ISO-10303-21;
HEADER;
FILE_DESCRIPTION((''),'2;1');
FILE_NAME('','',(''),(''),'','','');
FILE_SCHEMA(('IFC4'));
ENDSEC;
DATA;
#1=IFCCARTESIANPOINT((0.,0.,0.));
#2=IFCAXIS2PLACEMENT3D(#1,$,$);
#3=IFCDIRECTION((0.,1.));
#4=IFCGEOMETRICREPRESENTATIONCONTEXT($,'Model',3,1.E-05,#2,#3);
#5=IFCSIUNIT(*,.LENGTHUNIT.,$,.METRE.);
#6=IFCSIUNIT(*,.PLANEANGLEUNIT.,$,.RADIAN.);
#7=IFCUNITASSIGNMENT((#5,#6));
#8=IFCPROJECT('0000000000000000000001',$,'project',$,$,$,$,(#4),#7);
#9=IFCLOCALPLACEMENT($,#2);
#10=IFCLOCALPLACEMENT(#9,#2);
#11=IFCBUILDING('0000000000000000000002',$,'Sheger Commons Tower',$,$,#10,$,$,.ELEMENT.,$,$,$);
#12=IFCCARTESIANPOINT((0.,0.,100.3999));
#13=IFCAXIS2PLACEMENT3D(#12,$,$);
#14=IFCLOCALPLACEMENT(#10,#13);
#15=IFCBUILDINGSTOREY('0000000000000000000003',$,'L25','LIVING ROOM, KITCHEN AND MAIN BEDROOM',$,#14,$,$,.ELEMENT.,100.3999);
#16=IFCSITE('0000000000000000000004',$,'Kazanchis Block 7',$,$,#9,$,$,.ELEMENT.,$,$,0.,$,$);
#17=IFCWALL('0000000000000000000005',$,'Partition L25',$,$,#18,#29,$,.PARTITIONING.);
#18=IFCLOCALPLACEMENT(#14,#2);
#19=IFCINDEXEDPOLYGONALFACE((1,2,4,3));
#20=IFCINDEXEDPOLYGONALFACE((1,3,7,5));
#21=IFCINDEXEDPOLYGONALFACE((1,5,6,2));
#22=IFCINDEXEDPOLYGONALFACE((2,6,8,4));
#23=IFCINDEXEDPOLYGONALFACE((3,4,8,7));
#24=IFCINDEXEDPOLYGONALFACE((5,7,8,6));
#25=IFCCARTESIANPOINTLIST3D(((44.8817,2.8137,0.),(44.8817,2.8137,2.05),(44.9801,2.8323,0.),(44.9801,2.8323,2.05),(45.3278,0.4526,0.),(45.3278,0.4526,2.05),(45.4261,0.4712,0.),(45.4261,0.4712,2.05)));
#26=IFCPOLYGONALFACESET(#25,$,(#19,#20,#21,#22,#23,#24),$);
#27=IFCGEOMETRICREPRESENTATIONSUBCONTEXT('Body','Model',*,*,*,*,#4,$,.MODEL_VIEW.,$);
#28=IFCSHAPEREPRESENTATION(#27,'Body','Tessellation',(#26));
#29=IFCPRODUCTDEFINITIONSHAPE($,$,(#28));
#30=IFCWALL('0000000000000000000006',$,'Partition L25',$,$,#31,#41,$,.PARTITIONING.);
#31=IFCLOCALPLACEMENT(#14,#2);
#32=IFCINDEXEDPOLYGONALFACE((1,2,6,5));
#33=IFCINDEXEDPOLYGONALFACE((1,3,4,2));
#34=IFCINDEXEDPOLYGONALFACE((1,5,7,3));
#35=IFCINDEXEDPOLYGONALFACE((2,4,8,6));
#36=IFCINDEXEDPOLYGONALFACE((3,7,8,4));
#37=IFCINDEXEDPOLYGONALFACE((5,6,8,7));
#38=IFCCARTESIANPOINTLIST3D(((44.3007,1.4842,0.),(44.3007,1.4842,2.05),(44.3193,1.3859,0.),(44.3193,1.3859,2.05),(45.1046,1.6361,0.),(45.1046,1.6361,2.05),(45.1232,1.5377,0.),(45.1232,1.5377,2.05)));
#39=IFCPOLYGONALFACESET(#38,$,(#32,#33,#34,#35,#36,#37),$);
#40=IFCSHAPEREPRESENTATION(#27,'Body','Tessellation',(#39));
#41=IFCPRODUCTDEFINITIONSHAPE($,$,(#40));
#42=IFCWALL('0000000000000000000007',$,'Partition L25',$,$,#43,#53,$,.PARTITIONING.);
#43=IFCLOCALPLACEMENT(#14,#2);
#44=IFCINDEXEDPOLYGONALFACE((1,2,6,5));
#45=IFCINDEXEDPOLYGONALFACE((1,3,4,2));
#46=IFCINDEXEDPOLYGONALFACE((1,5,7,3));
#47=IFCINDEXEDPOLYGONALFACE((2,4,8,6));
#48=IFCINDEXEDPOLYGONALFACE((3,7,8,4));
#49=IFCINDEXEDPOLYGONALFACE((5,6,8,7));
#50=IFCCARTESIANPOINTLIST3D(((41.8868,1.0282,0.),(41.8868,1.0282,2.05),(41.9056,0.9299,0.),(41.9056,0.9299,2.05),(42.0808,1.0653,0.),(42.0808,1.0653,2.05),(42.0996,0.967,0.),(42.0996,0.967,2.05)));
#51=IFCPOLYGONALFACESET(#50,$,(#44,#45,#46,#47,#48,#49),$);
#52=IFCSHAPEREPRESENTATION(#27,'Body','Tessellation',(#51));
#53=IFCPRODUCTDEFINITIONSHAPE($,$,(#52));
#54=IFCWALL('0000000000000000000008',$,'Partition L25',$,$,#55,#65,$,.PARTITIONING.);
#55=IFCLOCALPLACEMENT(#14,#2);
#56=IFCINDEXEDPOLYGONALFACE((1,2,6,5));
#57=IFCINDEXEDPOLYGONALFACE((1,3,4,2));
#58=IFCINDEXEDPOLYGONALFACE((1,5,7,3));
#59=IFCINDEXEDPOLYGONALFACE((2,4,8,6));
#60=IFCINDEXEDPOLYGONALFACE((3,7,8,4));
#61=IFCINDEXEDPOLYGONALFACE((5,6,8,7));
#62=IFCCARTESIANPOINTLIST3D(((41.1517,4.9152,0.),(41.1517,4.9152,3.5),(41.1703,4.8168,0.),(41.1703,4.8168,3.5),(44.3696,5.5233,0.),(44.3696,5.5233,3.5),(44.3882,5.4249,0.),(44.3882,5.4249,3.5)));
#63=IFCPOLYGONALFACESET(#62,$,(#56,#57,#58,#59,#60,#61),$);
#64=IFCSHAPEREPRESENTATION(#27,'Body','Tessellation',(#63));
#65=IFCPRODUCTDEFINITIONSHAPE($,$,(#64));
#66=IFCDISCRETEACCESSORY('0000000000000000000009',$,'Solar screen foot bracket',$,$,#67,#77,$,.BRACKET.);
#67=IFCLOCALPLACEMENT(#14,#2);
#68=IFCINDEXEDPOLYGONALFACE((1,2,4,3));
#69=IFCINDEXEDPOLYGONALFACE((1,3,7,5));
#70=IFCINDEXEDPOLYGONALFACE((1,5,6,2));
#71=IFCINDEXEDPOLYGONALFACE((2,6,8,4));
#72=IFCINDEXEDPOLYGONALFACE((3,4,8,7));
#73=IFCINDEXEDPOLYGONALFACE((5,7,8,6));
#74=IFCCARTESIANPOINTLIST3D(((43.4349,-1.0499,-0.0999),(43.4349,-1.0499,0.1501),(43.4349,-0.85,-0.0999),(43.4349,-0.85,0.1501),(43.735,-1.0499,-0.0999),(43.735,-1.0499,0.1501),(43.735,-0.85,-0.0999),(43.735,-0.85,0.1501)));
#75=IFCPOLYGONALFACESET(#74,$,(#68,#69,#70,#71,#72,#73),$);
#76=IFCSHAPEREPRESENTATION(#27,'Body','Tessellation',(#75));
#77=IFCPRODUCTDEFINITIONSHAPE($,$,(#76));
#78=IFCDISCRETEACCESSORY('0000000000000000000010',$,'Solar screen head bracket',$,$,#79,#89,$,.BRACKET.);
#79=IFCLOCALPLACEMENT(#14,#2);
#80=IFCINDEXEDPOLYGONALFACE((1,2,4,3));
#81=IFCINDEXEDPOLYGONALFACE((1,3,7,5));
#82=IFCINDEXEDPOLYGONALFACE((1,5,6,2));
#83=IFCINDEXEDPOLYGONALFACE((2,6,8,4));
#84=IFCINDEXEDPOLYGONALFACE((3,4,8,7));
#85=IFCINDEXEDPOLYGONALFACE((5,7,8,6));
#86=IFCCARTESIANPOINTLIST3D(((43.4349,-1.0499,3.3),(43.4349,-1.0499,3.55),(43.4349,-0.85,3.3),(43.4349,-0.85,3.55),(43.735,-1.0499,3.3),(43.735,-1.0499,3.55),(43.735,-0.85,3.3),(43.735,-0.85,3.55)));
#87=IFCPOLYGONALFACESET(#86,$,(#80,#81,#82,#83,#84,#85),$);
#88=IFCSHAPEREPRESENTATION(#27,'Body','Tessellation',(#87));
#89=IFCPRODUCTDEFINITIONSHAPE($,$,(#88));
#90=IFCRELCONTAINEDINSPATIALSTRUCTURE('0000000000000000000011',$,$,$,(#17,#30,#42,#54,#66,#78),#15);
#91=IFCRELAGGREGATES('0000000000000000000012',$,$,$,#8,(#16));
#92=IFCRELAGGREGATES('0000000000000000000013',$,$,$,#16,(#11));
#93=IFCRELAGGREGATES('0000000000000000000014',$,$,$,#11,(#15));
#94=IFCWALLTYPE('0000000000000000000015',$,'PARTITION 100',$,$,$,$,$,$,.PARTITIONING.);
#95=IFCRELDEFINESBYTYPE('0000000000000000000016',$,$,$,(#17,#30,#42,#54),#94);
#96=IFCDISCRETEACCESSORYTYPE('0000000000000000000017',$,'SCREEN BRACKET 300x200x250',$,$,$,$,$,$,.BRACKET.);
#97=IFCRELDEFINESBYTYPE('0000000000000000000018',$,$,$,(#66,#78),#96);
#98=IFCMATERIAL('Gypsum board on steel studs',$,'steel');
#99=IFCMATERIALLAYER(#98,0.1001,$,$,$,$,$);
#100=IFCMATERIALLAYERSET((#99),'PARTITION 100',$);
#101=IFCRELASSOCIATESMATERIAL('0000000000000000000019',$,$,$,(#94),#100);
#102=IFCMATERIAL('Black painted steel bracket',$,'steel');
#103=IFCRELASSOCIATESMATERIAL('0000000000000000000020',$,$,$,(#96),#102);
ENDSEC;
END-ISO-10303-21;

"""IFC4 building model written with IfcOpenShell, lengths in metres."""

from ifc_helpers import new_model, si_unit, direction, frame, frame_2d, origin, origin_2d, place, context, subcontext, project, spatial, rectangle, extrude, material, layer, layer_set, type_object, element, save


model = new_model("IFC4")

# Units and contexts
model_context = context("Model", 3, precision=1e-05, world=origin(), true_north=direction((0.0, 1.0)))
body_context = subcontext(model_context, "Body", "Model", "MODEL_VIEW")
ifc_project = project(units=[si_unit("LENGTHUNIT", "METRE"), si_unit("PLANEANGLEUNIT", "RADIAN")], contexts=[model_context])

# Site, building, storey
site_placement = place(None, origin())
site = spatial("IfcSite", under=ifc_project, at=site_placement, Name="Kazanchis Block 7", CompositionType="ELEMENT", RefElevation=0.0)
building_placement = place(site_placement, origin())
building = spatial("IfcBuilding", under=site, at=building_placement, Name="Sheger Commons Tower", CompositionType="ELEMENT")
storey_placement = place(building_placement, frame((0.0, 0.0, 100.3999)))
storey = spatial("IfcBuildingStorey", under=building, at=storey_placement, Name="L25", Description="LIVING ROOM, KITCHEN AND MAIN BEDROOM", CompositionType="ELEMENT", Elevation=100.3999)

# Shared definitions
ifc_material_1 = material(Name="Gypsum board on steel studs", Category="steel")
ifc_layer_1 = layer(ifc_material_1, 0.1001)
ifc_layer_set_1 = layer_set([ifc_layer_1], Name="PARTITION 100")
wall_type = type_object("IfcWallType", Name="PARTITION 100", PredefinedType="PARTITIONING", material=ifc_layer_set_1)

# Walls
wall_1_placement = place(storey_placement, frame((44.9309, 2.823, 0.0), z_axis=(0.0, 0.0, 1.0), x_axis=(0.185632, -0.982619, 0.0)))
element("IfcWall", 1, at=wall_1_placement, inside=storey, type_object=wall_type, Name="Partition L25", PredefinedType="PARTITIONING", context=body_context, shape_type="SweptSolid", body=[
    extrude(rectangle(XDim=2.4028, YDim=0.1001, at=frame_2d((1.2014, 0.0))), origin(), (0.0, 0.0, 1.0), 2.05),
])
wall_2_placement = place(storey_placement, frame((45.114, 1.5869, 0.0), z_axis=(0.0, 0.0, 1.0), x_axis=(-0.982625, -0.185604, 0.0)))
element("IfcWall", 2, at=wall_2_placement, inside=storey, type_object=wall_type, Name="Partition L25", PredefinedType="PARTITIONING", context=body_context, shape_type="SweptSolid", body=[
    extrude(rectangle(XDim=0.8181, YDim=0.1001, at=frame_2d((0.4092, 0.0))), origin(), (0.0, 0.0, 1.0), 2.05),
])
wall_3_placement = place(storey_placement, frame((42.0901, 1.0161, 0.0), z_axis=(0.0, 0.0, 1.0), x_axis=(-0.982209, -0.187793, 0.0)))
element("IfcWall", 3, at=wall_3_placement, inside=storey, type_object=wall_type, Name="Partition L25", PredefinedType="PARTITIONING", context=body_context, shape_type="SweptSolid", body=[
    extrude(rectangle(XDim=0.1975, YDim=0.1001, at=frame_2d((0.0986, 0.0))), origin(), (0.0, 0.0, 1.0), 2.05),
])
wall_4_placement = place(storey_placement, frame((44.3789, 5.4741, 0.0), z_axis=(0.0, 0.0, 1.0), x_axis=(-0.982607, -0.185697, 0.0)))
element("IfcWall", 4, at=wall_4_placement, inside=storey, type_object=wall_type, Name="Partition L25", PredefinedType="PARTITIONING", context=body_context, shape_type="SweptSolid", body=[
    extrude(rectangle(XDim=3.2749, YDim=0.1001, at=frame_2d((1.6375, 0.0))), origin(), (0.0, 0.0, 1.0), 3.5),
])

# Discrete accessories
ifc_material_2 = material(Name="Black painted steel bracket", Category="steel")
discrete_accessory_type = type_object("IfcDiscreteAccessoryType", Name="SCREEN BRACKET 300x200x250", PredefinedType="BRACKET", material=ifc_material_2)
for number, where, z_axis, x_axis, name in (
    (5, (43.585, -0.95, -0.0999), (0.0, 0.0, 1.0), (1.0, 0.0, 0.0), "Solar screen foot bracket"),
    (6, (43.585, -0.95, 3.3), (0.0, 0.0, 1.0), (1.0, 0.0, 0.0), "Solar screen head bracket"),
):
    element("IfcDiscreteAccessory", number, at=place(storey_placement, frame(where, z_axis=z_axis, x_axis=x_axis)), inside=storey, type_object=discrete_accessory_type, Name=name, PredefinedType="BRACKET", context=body_context, shape_type="SweptSolid", body=[
        extrude(rectangle(XDim=0.3, YDim=0.2, at=origin_2d()), origin(), (0.0, 0.0, 1.0), 0.25),
    ])

save(model, "model.ifc")
